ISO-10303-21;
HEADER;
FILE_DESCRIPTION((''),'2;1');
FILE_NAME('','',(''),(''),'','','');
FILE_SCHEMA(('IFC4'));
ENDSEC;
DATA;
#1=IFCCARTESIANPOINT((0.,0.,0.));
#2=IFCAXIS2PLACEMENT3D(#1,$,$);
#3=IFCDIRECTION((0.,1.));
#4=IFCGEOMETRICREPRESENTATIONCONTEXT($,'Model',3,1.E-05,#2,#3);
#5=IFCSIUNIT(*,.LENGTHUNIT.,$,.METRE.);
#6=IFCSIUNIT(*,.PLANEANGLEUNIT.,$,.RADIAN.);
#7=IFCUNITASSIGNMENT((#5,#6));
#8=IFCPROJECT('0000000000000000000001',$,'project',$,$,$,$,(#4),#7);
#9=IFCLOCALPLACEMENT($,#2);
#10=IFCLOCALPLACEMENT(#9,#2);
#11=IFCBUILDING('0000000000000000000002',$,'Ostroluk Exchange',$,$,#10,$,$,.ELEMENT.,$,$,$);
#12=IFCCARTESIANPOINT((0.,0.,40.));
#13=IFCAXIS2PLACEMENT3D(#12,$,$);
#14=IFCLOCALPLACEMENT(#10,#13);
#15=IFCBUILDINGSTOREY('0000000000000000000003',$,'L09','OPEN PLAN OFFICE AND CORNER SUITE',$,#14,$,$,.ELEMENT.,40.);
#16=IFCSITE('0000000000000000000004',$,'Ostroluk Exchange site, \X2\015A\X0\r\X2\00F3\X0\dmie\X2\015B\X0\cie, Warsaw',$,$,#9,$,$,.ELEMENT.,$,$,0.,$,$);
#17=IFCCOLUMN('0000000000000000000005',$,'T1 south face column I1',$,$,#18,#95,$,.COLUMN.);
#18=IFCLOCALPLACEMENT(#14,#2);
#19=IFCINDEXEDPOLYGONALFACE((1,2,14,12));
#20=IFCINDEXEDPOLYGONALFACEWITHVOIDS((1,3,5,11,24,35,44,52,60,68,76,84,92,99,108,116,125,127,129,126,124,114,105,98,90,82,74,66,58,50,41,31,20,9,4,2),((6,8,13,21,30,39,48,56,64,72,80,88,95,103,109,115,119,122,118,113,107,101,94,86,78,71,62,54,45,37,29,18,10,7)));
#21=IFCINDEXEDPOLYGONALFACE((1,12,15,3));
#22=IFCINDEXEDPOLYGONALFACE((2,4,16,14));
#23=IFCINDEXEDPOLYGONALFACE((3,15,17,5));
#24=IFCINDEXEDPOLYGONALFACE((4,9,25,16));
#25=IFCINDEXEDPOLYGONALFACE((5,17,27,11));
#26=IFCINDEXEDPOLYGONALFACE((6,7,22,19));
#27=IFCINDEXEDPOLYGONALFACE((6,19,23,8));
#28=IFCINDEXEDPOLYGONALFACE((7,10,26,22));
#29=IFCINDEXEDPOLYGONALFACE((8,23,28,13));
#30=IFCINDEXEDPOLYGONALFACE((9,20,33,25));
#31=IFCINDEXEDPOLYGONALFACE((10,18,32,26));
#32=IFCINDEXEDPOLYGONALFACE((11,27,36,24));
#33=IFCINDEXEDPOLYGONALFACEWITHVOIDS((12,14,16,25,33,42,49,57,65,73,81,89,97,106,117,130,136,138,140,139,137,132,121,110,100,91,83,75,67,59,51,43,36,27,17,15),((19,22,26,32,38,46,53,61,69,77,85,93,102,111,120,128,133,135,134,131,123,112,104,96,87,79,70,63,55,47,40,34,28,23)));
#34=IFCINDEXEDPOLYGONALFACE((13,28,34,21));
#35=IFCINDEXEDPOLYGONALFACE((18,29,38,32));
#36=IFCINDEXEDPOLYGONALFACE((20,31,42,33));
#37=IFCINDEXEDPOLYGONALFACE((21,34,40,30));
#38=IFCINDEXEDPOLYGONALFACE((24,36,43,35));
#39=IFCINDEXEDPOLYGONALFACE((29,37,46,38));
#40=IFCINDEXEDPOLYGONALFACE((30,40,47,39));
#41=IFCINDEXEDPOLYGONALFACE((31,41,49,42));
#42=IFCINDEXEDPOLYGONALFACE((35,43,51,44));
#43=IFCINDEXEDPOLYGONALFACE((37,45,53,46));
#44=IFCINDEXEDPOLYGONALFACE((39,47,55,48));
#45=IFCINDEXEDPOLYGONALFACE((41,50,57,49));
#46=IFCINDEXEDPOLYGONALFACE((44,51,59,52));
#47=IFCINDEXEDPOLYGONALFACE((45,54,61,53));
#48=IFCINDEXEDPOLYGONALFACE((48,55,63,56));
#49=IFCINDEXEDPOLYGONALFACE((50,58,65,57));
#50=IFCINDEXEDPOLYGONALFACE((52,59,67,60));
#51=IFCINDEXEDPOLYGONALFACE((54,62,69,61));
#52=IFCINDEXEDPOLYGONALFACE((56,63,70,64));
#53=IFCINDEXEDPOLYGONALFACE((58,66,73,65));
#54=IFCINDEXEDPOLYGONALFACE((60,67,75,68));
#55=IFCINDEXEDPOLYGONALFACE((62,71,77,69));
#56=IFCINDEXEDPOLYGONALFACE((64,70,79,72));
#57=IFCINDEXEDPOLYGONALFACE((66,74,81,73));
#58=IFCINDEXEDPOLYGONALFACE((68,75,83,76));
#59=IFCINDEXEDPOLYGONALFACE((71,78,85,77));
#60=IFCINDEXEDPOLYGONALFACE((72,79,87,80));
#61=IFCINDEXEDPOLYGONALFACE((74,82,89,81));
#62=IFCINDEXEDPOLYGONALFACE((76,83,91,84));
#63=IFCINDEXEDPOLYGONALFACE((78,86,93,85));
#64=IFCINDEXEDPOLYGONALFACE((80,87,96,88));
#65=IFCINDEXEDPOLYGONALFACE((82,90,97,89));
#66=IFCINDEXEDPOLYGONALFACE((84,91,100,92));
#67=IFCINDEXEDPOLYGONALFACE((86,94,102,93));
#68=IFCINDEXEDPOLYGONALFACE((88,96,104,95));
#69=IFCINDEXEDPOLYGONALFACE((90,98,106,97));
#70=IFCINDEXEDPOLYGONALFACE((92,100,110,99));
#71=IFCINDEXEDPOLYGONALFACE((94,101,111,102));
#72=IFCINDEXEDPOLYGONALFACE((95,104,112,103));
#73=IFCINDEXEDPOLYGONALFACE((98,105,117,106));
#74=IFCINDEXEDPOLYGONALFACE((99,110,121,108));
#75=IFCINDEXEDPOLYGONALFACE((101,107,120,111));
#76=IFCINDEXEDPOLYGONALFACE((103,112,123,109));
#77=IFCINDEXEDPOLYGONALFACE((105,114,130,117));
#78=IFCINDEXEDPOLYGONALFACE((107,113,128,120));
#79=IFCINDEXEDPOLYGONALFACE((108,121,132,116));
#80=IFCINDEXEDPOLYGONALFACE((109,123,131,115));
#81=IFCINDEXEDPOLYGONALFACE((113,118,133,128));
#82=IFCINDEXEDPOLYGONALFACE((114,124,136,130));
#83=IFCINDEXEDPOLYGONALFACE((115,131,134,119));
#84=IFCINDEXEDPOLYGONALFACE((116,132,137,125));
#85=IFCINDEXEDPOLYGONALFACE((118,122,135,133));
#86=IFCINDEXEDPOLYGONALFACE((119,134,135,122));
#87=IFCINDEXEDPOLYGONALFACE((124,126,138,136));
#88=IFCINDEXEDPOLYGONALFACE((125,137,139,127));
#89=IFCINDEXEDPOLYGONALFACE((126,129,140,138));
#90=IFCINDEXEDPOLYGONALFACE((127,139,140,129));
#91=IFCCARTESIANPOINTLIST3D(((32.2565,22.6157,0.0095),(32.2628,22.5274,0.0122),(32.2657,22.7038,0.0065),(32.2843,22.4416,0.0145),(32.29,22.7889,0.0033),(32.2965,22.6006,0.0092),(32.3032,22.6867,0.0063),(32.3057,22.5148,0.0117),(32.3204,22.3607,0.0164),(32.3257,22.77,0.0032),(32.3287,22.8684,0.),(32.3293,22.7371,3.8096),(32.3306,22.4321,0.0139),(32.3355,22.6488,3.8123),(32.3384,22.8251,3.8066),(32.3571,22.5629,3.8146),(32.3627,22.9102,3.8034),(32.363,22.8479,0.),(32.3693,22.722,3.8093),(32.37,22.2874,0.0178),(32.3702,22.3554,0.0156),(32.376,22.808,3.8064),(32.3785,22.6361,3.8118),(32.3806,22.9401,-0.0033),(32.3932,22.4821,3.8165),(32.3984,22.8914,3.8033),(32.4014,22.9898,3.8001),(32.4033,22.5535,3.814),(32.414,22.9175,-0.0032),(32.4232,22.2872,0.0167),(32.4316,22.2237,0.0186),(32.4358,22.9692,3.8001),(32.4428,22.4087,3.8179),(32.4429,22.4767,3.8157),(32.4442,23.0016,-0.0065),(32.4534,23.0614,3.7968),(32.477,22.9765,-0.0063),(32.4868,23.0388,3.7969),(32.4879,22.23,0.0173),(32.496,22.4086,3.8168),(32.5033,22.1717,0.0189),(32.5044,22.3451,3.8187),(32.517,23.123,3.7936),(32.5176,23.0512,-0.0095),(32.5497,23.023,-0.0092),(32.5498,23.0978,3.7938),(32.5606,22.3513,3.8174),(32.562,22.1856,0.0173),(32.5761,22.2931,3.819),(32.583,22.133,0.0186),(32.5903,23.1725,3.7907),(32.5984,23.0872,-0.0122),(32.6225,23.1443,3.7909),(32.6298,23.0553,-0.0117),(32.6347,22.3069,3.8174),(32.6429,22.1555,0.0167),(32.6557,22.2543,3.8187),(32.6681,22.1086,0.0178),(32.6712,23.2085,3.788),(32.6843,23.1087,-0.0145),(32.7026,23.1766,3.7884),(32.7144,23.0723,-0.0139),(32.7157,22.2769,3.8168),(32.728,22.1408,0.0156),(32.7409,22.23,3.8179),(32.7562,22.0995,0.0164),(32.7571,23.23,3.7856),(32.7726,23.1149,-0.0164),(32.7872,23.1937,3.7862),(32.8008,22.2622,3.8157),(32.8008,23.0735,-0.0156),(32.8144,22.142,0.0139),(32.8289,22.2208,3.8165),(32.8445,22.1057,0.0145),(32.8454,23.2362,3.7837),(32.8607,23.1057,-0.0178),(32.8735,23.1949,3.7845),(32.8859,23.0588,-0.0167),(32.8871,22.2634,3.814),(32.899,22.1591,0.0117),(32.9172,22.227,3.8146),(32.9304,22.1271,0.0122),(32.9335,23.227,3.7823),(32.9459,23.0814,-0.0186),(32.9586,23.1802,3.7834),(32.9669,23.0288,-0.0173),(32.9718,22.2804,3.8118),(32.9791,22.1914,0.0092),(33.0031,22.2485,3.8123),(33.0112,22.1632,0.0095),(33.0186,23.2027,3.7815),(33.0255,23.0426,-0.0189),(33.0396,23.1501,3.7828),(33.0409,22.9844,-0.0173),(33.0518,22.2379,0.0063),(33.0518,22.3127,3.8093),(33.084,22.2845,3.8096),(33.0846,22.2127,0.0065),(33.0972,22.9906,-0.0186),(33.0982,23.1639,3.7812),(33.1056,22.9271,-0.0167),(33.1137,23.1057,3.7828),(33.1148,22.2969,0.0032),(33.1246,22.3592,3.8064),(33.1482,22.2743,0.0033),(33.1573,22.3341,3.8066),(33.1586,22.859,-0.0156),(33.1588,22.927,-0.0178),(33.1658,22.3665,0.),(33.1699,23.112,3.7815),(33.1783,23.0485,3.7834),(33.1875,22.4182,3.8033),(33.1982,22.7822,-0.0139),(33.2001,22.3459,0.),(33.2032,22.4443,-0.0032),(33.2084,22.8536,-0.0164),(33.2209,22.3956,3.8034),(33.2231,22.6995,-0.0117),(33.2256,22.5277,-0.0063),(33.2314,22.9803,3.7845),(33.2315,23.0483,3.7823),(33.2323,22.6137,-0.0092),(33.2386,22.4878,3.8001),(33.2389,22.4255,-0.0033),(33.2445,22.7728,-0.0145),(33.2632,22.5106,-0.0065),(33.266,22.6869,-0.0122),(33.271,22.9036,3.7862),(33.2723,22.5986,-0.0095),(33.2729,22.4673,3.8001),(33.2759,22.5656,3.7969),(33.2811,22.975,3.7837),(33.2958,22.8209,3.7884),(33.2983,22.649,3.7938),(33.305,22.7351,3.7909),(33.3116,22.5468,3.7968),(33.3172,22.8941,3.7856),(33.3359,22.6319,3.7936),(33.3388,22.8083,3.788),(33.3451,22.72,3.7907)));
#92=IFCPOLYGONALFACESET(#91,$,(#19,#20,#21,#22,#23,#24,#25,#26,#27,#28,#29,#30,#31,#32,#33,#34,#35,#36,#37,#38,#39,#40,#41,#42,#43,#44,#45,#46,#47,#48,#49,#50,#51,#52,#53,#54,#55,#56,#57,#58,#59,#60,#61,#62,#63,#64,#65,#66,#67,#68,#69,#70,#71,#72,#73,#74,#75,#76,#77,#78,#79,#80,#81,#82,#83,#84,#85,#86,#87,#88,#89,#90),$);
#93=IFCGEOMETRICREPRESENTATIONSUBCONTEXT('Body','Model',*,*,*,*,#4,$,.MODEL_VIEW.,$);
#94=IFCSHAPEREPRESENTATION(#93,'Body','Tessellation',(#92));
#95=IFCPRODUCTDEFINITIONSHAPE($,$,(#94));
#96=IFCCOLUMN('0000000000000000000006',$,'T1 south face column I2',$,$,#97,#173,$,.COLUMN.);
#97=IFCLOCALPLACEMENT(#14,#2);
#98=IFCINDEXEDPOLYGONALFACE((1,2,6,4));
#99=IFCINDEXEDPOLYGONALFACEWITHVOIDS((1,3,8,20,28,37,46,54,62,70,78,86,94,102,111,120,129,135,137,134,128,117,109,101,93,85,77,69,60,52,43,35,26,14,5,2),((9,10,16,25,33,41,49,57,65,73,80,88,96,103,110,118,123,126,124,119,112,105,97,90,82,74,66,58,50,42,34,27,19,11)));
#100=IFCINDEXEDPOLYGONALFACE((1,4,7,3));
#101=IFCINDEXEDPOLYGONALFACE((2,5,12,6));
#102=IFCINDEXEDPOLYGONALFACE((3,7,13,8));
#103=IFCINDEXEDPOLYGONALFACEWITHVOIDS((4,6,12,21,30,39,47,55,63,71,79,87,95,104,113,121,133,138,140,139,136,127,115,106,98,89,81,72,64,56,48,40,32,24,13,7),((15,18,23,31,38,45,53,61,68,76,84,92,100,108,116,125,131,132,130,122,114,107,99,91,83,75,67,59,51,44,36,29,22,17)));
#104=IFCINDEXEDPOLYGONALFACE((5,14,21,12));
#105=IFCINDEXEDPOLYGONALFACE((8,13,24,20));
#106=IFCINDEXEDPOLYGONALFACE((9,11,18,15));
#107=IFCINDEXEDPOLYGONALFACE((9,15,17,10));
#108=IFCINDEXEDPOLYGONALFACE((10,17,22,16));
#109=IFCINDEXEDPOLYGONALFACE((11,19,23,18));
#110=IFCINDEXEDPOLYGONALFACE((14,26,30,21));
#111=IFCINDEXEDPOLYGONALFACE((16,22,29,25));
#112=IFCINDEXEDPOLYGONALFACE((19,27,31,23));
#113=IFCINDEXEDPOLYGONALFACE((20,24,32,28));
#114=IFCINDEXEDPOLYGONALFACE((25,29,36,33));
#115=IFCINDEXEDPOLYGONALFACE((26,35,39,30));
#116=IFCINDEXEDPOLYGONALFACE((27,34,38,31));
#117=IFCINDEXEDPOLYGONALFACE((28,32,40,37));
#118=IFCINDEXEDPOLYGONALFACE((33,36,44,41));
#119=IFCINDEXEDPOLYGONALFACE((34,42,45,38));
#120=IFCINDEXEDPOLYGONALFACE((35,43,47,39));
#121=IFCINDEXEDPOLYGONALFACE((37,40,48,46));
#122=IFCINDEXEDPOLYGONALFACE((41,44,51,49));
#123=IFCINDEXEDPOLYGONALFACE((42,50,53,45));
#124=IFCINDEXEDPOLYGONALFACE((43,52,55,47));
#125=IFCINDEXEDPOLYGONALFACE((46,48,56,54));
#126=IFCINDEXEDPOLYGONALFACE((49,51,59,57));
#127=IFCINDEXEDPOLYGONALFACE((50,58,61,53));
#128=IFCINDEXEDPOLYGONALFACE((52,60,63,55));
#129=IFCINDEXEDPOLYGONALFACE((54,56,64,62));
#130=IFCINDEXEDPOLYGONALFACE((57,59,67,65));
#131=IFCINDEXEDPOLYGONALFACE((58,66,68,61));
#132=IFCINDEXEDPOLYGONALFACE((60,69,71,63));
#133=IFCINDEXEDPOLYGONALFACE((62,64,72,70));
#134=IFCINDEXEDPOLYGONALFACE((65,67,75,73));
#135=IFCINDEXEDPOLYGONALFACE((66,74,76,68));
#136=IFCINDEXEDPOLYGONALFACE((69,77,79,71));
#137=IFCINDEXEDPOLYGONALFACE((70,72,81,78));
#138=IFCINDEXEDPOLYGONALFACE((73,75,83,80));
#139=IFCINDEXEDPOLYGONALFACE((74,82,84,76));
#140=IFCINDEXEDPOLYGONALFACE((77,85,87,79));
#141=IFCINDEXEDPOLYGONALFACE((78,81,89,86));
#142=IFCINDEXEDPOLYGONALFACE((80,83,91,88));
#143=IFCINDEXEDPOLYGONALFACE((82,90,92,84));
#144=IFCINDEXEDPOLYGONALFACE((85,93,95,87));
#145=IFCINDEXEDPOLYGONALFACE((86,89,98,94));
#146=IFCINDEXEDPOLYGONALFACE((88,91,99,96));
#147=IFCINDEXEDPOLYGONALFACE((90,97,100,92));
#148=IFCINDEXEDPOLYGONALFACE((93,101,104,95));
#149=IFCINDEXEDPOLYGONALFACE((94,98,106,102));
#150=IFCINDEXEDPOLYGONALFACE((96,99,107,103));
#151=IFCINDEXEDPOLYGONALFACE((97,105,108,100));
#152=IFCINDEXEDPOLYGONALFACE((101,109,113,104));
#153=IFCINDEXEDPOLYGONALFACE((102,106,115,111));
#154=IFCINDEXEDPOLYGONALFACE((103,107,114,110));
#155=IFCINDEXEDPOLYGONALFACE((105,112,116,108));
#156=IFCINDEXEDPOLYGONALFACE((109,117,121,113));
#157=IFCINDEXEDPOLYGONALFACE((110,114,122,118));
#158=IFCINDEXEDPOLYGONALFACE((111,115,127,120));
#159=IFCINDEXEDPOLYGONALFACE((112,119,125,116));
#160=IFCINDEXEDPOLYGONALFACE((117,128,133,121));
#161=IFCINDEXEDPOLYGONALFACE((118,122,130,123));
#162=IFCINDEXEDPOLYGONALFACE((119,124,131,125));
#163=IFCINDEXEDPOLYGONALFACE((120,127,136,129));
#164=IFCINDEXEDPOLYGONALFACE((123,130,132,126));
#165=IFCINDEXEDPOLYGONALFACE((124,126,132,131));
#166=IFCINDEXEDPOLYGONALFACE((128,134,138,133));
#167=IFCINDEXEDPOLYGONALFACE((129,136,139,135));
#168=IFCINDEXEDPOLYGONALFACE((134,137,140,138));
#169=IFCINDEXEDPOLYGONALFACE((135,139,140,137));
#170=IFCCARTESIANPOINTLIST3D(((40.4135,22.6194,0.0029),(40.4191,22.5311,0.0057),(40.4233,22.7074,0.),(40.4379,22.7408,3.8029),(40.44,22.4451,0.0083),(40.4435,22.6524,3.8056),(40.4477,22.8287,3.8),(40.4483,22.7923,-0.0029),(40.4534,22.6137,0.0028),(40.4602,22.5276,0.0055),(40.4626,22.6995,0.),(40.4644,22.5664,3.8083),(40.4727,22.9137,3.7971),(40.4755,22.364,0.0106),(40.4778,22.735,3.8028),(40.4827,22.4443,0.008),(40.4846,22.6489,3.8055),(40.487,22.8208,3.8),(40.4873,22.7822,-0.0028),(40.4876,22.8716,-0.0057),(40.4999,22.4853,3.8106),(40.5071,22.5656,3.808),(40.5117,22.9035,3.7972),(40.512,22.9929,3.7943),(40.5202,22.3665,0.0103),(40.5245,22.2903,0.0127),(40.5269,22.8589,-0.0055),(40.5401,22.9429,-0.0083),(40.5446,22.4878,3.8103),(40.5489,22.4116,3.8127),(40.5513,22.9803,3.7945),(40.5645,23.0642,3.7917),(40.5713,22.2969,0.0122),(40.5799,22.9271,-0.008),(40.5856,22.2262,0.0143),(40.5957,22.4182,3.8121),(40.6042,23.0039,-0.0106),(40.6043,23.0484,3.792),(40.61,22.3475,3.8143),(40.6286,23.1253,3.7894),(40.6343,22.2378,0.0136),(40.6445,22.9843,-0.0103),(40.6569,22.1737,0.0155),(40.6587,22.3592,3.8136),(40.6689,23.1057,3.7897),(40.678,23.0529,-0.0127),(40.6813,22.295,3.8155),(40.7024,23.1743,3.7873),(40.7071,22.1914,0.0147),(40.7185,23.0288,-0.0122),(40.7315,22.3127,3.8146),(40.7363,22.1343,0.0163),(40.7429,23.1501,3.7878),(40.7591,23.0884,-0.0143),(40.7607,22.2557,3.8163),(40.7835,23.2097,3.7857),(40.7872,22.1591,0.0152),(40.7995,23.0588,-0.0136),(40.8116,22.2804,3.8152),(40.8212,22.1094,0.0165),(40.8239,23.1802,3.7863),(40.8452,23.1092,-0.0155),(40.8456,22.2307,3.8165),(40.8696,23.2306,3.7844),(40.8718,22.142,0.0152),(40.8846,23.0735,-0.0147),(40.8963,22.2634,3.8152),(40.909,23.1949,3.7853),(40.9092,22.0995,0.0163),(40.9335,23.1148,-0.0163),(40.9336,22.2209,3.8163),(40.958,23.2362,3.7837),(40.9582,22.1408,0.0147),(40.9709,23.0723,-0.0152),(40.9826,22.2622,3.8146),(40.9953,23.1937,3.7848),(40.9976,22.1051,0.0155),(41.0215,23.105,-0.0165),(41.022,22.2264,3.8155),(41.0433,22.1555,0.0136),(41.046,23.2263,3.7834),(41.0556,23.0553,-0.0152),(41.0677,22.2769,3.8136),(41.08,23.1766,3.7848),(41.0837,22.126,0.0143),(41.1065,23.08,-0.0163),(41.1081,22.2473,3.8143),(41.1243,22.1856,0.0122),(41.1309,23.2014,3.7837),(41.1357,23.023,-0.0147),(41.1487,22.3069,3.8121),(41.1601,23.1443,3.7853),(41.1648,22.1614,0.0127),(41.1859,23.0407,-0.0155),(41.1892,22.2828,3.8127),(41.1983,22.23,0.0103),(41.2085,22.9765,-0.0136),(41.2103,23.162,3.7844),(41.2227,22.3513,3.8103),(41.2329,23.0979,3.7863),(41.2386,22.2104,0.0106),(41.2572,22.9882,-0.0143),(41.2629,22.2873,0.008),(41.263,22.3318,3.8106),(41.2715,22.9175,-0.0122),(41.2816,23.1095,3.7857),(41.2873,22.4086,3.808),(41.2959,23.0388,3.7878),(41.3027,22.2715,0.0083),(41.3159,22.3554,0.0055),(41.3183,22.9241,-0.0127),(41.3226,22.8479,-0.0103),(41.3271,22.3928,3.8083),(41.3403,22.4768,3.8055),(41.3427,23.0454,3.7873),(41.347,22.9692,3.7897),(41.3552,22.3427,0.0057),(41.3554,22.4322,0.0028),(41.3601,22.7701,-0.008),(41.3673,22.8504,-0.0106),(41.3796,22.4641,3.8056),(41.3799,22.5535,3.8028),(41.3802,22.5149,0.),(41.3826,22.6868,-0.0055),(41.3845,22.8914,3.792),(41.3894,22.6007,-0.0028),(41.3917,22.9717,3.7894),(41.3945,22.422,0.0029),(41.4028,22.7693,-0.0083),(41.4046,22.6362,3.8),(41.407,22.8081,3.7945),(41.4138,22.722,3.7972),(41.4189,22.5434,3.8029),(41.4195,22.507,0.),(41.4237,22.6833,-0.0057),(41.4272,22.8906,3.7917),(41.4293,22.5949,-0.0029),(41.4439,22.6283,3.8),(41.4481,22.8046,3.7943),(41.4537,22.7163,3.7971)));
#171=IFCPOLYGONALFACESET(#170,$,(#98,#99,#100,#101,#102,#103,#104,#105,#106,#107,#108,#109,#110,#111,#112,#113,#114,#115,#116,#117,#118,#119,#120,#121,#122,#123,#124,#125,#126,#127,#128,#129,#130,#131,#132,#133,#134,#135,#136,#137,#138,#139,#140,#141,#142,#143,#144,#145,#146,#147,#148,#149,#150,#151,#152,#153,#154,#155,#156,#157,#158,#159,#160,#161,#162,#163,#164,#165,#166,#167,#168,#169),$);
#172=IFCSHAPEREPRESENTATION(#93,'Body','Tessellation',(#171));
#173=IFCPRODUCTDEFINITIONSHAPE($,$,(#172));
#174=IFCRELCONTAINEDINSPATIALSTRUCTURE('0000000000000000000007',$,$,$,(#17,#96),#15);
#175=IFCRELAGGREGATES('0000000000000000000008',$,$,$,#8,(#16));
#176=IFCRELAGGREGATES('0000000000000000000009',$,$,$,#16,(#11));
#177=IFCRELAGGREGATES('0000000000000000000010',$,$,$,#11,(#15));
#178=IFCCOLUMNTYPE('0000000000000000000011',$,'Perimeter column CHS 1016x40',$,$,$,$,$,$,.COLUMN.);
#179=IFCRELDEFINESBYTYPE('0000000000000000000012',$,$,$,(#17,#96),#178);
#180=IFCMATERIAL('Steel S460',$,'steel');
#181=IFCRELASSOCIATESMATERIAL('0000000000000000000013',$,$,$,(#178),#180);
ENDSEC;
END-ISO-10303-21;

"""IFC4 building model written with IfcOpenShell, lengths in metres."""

from ifc_helpers import new_model, si_unit, direction, frame, origin, origin_2d, place, context, subcontext, project, spatial, hollow_circle, extrude, material, material_profile, profile_set, type_object, element, save


model = new_model("IFC4")

# Units and contexts
model_context = context("Model", 3, precision=1e-05, world=origin(), true_north=direction((0.0, 1.0)))
body_context = subcontext(model_context, "Body", "Model", "MODEL_VIEW")
ifc_project = project(units=[si_unit("LENGTHUNIT", "METRE"), si_unit("PLANEANGLEUNIT", "RADIAN")], contexts=[model_context])

# Site, building, storey
site_placement = place(None, origin())
site = spatial("IfcSite", under=ifc_project, at=site_placement, Name="Ostroluk Exchange site, Śródmieście, Warsaw", CompositionType="ELEMENT", RefElevation=0.0)
building_placement = place(site_placement, origin())
building = spatial("IfcBuilding", under=site, at=building_placement, Name="Ostroluk Exchange", CompositionType="ELEMENT")
storey_placement = place(building_placement, frame((0.0, 0.0, 40.0)))
storey = spatial("IfcBuildingStorey", under=building, at=storey_placement, Name="L09", Description="OPEN PLAN OFFICE AND CORNER SUITE", CompositionType="ELEMENT", Elevation=40.0)

# Columns
ifc_material_1 = material(Name="Steel S460", Category="steel")
ifc_material_profile_1 = material_profile(ifc_material_1, hollow_circle(Radius=0.5081, WallThickness=0.04, at=origin_2d()), Name="CHS 1016x40")
ifc_profile_set_1 = profile_set([ifc_material_profile_1], Name="Steel S460")
column_type = type_object("IfcColumnType", Name="Perimeter column CHS 1016x40", PredefinedType="COLUMN", material=ifc_profile_set_1)
column_1_placement = place(storey_placement, frame((32.7644, 22.6072, 0.0), z_axis=(0.019132, 0.031909, 0.999308), x_axis=(-0.857645, 0.514242, 0.0)))
element("IfcColumn", 1, at=column_1_placement, inside=storey, type_object=column_type, Name="T1 south face column I1", PredefinedType="COLUMN", context=body_context, shape_type="SweptSolid", body=[
    extrude(hollow_circle(Radius=0.5081, WallThickness=0.04, at=origin_2d()), origin(), (0.0, 0.0, 1.0), 3.8027),
])
column_2_placement = place(storey_placement, frame((40.9214, 22.6072, 0.0), z_axis=(0.006421, 0.031914, 0.99947), x_axis=(-0.980352, 0.197254, 0.0)))
element("IfcColumn", 2, at=column_2_placement, inside=storey, type_object=column_type, Name="T1 south face column I2", PredefinedType="COLUMN", context=body_context, shape_type="SweptSolid", body=[
    extrude(hollow_circle(Radius=0.5081, WallThickness=0.04, at=origin_2d()), origin(), (0.0, 0.0, 1.0), 3.802),
])

save(model, "model.ifc")
